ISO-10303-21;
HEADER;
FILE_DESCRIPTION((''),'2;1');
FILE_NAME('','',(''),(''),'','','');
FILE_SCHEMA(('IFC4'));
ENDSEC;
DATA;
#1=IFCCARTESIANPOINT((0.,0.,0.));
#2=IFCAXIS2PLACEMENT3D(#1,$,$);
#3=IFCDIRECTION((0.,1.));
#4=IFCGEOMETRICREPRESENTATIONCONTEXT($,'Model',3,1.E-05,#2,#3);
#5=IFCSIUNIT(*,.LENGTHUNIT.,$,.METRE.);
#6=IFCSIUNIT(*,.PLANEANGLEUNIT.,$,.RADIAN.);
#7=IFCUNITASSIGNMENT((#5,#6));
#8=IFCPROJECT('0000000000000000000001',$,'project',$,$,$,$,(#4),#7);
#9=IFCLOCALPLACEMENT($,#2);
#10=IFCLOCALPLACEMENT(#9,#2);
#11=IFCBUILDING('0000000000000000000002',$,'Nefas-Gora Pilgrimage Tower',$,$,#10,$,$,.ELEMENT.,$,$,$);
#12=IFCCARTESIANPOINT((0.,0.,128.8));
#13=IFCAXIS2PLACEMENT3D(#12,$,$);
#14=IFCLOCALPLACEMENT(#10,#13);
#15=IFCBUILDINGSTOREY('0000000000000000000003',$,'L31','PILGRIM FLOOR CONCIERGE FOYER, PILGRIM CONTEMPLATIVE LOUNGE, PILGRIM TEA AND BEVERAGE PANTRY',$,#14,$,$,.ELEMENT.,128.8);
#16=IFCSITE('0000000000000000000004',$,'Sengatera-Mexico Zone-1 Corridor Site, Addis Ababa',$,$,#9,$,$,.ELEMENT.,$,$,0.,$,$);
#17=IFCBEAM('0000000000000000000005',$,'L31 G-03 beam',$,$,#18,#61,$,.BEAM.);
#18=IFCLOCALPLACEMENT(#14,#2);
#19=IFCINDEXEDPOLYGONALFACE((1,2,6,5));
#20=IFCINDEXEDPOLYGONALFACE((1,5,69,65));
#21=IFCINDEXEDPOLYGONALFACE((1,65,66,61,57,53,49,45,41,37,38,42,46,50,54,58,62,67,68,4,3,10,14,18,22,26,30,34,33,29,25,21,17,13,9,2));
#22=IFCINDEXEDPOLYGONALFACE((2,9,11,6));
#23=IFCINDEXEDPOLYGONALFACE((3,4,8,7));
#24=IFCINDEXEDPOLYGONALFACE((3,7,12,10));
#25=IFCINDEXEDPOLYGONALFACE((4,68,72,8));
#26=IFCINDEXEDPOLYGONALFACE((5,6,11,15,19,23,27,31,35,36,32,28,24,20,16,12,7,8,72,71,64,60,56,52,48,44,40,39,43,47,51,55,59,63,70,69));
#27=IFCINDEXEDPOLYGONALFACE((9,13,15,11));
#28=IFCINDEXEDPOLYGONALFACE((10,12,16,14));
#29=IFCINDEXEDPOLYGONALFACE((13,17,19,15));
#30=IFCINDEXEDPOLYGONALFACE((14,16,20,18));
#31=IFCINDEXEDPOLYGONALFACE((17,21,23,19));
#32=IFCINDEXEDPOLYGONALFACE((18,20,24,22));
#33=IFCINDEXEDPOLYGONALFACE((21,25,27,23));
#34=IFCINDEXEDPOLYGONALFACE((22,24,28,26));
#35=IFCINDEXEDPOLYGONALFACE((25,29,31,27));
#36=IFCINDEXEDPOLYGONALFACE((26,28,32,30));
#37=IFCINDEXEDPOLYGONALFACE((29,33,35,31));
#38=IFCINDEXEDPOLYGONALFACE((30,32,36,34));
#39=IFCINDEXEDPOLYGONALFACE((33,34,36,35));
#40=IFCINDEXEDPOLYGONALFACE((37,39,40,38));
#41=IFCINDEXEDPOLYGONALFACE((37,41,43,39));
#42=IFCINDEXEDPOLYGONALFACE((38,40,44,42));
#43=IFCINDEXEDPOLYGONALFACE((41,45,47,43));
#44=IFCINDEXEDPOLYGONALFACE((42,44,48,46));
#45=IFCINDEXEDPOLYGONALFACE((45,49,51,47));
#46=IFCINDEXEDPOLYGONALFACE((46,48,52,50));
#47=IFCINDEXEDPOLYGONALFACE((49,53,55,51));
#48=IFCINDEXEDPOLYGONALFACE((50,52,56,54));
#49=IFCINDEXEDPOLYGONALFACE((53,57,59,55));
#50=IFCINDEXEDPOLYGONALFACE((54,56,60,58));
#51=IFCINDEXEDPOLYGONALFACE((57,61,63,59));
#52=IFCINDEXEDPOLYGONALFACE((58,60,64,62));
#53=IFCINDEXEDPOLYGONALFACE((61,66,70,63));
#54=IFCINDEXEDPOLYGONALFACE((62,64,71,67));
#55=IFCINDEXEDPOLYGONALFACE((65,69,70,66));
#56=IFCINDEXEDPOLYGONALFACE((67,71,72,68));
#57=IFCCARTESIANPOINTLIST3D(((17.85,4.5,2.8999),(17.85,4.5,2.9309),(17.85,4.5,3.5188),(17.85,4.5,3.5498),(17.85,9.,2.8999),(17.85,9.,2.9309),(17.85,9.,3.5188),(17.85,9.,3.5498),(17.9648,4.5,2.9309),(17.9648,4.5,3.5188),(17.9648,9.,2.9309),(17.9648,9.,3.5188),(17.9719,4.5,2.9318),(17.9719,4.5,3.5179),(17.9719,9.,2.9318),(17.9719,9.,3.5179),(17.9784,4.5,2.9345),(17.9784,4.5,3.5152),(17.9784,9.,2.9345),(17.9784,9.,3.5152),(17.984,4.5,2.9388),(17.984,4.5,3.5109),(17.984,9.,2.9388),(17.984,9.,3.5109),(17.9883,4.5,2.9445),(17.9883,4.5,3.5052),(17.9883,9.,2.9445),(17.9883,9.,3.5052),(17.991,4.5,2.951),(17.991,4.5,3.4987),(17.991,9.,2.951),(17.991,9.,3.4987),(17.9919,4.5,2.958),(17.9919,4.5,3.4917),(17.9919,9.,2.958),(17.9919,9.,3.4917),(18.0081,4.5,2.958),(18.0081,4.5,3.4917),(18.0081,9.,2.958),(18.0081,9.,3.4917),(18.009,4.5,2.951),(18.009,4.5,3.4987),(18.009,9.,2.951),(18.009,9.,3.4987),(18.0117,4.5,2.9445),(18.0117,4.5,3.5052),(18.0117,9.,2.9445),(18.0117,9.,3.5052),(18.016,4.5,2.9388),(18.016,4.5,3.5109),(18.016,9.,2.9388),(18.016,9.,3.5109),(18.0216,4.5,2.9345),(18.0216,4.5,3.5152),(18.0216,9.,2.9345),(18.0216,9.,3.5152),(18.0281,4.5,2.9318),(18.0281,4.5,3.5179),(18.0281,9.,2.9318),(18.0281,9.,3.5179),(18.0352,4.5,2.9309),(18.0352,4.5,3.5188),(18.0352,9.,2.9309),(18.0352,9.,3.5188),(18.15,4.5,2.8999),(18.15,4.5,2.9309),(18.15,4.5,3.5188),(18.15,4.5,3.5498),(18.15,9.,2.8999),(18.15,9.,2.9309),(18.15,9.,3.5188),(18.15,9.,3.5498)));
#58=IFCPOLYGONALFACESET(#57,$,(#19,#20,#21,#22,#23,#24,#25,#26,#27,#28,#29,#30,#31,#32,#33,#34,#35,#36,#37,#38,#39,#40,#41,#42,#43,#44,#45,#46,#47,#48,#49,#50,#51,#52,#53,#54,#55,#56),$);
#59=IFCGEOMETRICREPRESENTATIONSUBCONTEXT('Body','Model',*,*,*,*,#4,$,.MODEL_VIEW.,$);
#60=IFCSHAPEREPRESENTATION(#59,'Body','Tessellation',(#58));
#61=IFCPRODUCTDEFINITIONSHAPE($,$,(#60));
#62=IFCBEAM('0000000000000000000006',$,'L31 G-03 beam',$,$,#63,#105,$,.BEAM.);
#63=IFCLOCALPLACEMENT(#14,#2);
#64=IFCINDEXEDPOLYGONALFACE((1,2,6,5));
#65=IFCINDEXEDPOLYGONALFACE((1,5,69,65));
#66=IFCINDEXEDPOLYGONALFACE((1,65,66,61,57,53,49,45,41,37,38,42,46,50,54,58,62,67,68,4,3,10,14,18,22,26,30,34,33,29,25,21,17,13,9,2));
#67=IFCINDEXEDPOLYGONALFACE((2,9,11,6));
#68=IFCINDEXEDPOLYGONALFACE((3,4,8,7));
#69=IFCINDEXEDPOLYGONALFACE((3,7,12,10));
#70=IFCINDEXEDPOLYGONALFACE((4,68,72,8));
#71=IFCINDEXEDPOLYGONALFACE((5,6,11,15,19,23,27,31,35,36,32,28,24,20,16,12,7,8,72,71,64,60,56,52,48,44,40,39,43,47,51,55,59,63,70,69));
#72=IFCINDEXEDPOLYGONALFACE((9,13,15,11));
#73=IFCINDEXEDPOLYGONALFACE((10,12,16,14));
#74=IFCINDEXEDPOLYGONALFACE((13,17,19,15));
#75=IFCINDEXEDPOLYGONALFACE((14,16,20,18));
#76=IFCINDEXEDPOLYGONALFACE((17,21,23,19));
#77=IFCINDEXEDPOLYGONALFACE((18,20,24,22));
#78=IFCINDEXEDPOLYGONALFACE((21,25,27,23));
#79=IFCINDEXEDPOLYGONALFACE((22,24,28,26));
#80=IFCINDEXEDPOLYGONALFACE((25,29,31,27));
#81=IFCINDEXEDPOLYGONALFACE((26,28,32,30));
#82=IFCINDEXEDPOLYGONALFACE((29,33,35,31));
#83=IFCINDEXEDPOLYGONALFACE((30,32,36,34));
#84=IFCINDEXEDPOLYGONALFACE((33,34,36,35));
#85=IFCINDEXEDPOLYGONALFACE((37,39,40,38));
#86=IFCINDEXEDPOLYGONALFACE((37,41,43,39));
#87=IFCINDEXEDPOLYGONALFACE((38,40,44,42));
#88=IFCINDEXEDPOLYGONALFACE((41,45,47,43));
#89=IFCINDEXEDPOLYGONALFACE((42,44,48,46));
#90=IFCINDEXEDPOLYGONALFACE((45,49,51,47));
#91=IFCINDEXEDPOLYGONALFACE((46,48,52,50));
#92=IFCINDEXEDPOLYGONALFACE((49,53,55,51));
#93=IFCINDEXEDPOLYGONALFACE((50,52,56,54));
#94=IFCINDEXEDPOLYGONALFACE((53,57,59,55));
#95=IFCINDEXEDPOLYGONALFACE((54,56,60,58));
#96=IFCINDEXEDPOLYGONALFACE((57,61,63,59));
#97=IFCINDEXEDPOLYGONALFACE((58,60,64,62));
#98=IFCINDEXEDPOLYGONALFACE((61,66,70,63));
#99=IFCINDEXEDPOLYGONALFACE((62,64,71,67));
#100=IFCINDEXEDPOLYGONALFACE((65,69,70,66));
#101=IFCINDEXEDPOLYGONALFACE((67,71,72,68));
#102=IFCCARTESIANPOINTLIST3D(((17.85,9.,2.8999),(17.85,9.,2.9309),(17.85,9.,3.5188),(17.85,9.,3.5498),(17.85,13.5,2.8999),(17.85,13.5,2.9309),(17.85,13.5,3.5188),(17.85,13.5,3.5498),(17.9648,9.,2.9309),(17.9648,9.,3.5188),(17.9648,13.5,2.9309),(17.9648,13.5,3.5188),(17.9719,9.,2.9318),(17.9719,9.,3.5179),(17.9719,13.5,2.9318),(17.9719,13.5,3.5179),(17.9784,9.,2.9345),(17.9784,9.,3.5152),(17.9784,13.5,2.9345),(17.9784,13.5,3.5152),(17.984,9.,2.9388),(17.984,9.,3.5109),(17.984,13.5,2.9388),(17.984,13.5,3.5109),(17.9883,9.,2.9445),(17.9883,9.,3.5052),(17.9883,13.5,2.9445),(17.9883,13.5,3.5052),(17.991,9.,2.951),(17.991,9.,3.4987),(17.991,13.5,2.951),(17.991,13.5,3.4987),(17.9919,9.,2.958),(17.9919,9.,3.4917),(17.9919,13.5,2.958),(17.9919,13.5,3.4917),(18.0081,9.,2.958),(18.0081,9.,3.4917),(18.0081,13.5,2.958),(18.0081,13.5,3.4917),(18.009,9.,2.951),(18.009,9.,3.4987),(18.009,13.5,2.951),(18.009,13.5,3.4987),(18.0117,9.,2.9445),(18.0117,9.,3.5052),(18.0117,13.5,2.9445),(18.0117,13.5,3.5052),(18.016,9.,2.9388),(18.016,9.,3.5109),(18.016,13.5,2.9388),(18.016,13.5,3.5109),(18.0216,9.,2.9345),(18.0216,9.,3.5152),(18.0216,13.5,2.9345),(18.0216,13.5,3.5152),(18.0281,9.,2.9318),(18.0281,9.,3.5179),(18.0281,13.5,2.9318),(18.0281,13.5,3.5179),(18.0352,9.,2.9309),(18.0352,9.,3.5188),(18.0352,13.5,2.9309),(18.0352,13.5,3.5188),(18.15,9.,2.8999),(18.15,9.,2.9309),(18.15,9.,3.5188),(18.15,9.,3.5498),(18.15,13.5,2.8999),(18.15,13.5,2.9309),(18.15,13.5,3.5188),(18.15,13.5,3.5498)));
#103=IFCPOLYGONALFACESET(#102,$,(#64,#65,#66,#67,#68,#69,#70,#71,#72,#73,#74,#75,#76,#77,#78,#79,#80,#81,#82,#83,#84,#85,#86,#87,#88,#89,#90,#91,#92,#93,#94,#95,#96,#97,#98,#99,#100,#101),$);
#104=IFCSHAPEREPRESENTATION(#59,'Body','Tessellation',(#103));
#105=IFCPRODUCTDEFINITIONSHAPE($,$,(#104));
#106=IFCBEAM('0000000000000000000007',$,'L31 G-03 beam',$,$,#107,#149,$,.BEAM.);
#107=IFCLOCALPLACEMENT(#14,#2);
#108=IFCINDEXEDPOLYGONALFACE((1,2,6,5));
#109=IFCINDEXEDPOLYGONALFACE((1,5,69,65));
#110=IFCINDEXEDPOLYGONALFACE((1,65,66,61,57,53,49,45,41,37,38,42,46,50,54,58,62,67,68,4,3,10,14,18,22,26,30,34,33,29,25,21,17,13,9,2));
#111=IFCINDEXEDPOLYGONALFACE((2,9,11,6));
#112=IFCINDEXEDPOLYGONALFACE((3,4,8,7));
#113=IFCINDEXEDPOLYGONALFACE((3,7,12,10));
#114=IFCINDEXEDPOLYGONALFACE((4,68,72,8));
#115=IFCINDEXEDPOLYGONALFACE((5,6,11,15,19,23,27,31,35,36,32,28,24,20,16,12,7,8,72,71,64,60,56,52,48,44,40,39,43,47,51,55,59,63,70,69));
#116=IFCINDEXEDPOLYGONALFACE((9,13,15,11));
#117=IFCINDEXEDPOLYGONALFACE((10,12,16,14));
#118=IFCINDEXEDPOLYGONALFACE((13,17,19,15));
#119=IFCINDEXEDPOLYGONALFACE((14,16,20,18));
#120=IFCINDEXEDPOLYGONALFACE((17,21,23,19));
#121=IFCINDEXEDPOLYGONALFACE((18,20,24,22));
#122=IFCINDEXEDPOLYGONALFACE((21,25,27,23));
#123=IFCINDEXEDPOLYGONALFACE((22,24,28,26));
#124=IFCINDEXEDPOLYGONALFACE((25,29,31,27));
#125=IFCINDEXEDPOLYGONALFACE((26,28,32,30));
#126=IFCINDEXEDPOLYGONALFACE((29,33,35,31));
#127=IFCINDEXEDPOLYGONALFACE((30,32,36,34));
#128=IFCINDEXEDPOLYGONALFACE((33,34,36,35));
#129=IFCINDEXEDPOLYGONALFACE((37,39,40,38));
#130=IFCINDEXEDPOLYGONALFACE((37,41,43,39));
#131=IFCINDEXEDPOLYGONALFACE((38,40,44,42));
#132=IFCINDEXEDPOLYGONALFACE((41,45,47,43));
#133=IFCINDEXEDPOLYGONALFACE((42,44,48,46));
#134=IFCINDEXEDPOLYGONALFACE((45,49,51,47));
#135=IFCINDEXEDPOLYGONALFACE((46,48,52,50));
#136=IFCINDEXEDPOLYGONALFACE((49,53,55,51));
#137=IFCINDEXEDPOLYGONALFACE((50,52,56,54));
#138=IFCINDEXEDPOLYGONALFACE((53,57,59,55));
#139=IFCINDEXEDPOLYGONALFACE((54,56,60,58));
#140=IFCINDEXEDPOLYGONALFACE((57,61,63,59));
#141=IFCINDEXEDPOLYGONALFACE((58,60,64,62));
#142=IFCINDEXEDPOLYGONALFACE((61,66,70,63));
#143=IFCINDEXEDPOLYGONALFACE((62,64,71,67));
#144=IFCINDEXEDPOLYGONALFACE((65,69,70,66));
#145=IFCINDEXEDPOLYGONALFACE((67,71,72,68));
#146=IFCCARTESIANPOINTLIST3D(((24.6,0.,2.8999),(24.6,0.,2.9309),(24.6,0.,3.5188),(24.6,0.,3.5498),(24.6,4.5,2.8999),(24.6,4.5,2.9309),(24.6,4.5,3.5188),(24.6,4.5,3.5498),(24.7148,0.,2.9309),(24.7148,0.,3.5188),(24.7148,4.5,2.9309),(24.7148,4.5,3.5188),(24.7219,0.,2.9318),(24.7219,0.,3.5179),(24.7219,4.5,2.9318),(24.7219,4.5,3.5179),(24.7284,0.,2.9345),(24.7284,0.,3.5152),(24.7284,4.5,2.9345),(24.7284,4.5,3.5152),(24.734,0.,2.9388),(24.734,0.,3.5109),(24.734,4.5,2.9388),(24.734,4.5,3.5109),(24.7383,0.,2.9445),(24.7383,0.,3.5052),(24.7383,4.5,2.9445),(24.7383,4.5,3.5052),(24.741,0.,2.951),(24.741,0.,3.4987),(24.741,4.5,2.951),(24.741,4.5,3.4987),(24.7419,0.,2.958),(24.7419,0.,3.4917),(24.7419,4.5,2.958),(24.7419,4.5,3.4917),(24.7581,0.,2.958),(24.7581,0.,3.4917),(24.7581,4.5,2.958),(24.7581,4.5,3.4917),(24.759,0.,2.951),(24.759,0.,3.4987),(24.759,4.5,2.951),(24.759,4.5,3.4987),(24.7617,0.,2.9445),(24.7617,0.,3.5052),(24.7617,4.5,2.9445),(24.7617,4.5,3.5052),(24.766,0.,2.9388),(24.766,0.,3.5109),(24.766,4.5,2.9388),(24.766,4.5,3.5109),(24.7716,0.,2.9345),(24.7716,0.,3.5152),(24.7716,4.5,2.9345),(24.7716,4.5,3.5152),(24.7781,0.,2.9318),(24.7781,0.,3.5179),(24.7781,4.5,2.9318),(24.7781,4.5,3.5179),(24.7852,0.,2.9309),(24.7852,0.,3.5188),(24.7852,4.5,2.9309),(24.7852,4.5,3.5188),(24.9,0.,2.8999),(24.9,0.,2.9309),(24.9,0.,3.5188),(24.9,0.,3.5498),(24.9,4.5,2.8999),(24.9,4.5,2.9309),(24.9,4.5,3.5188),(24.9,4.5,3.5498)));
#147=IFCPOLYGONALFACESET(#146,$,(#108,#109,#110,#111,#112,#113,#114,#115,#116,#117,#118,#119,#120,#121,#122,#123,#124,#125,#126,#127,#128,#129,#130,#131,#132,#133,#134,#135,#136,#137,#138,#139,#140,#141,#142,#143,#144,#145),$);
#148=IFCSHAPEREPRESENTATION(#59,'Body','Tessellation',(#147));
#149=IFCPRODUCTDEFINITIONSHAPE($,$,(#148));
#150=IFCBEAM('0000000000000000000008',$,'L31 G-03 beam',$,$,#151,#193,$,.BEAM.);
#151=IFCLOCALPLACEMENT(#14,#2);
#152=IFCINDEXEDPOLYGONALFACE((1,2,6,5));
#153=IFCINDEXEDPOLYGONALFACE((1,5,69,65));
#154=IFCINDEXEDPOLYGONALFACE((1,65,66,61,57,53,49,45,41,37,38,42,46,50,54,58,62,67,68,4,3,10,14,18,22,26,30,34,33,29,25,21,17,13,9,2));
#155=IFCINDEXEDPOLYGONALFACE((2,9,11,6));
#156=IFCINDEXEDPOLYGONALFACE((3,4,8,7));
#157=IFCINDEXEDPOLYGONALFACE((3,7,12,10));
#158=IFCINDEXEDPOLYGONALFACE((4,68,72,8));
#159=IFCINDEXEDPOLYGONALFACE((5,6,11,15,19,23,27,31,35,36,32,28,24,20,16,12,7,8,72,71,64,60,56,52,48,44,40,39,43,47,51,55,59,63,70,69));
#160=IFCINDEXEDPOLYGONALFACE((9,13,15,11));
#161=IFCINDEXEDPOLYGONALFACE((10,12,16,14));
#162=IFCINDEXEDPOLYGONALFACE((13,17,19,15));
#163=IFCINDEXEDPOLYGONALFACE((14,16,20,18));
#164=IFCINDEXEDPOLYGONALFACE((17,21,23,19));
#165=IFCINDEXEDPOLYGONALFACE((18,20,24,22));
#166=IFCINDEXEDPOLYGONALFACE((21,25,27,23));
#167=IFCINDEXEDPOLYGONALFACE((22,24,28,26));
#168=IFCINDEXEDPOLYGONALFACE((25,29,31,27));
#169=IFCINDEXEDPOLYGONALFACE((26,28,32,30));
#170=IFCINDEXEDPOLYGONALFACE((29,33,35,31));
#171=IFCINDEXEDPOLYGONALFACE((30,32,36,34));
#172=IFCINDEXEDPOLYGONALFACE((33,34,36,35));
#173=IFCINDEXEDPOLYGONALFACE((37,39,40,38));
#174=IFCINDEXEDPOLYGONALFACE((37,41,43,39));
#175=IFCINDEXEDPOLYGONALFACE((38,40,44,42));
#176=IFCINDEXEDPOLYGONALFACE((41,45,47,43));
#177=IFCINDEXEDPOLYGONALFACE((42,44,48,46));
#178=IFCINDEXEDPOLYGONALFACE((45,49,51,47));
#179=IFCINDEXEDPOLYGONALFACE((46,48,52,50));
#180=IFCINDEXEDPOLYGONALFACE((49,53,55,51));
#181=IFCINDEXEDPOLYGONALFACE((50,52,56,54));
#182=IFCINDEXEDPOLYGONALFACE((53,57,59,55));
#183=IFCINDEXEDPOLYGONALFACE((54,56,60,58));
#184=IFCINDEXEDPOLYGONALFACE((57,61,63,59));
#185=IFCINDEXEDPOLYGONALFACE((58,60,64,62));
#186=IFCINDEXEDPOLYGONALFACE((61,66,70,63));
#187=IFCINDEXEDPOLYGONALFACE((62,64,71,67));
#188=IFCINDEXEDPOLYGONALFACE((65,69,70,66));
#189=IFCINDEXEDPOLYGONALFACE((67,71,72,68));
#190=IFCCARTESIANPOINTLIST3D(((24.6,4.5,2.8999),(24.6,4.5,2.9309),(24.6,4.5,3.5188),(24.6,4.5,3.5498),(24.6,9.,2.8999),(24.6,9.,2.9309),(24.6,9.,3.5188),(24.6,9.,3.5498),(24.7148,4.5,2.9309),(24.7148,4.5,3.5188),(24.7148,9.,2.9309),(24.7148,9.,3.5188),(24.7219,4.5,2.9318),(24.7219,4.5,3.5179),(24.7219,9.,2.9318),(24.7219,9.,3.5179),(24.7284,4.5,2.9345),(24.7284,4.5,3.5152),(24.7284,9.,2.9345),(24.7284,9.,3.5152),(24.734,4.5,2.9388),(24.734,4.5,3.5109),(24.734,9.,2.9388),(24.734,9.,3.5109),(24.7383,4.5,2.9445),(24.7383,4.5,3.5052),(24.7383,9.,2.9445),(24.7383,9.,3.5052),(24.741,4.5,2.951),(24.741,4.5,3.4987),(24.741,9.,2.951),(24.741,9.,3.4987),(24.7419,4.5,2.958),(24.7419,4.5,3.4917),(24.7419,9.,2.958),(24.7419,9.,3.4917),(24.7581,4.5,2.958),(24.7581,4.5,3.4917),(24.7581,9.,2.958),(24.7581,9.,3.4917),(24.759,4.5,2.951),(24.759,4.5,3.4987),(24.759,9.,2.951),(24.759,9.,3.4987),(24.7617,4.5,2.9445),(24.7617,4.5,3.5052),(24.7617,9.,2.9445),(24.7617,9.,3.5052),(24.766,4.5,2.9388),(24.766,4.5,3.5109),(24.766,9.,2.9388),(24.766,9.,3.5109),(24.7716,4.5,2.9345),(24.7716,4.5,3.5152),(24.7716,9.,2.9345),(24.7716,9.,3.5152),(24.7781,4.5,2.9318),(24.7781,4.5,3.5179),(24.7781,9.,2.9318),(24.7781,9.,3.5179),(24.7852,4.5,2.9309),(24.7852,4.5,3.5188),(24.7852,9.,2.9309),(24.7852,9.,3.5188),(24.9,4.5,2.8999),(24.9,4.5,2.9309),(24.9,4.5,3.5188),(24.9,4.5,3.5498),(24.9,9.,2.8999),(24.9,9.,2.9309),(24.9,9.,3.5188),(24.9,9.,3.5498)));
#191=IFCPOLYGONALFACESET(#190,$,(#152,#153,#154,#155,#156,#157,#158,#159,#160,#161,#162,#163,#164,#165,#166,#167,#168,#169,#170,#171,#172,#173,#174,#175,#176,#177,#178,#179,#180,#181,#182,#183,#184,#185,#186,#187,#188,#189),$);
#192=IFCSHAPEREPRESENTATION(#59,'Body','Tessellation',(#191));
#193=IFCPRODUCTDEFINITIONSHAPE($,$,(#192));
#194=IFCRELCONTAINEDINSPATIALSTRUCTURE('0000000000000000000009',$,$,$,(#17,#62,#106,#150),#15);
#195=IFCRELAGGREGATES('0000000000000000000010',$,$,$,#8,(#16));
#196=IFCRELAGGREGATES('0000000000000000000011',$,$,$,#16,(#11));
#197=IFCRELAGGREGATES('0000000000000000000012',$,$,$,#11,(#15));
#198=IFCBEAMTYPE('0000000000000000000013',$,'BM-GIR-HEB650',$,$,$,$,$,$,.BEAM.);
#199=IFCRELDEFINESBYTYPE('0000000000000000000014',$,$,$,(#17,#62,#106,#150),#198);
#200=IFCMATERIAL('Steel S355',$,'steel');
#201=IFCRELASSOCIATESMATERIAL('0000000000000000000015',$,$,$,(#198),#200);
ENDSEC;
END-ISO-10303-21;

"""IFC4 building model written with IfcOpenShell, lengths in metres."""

from ifc_helpers import new_model, si_unit, direction, frame, origin, origin_2d, place, context, subcontext, project, spatial, i_section, extrude, source, transform, mapped, material, material_profile, profile_set, type_object, element, save


model = new_model("IFC4")

# Units and contexts
model_context = context("Model", 3, precision=1e-05, world=origin(), true_north=direction((0.0, 1.0)))
body_context = subcontext(model_context, "Body", "Model", "MODEL_VIEW")
ifc_project = project(units=[si_unit("LENGTHUNIT", "METRE"), si_unit("PLANEANGLEUNIT", "RADIAN")], contexts=[model_context])

# Site, building, storey
site_placement = place(None, origin())
site = spatial("IfcSite", under=ifc_project, at=site_placement, Name="Sengatera-Mexico Zone-1 Corridor Site, Addis Ababa", CompositionType="ELEMENT", RefElevation=0.0)
building_placement = place(site_placement, origin())
building = spatial("IfcBuilding", under=site, at=building_placement, Name="Nefas-Gora Pilgrimage Tower", CompositionType="ELEMENT")
storey_placement = place(building_placement, frame((0.0, 0.0, 128.8)))
storey = spatial("IfcBuildingStorey", under=building, at=storey_placement, Name="L31", Description="PILGRIM FLOOR CONCIERGE FOYER, PILGRIM CONTEMPLATIVE LOUNGE, PILGRIM TEA AND BEVERAGE PANTRY", CompositionType="ELEMENT", Elevation=128.8)

# Beams
ifc_material_1 = material(Name="Steel S355", Category="steel")
ifc_material_profile_1 = material_profile(ifc_material_1, i_section(OverallWidth=0.3, OverallDepth=0.6499, WebThickness=0.0161, FlangeThickness=0.031, FilletRadius=0.0271, at=origin_2d()), Name="HEB 650")
ifc_profile_set_1 = profile_set([ifc_material_profile_1], Name="Steel S355")
beam_type_1 = type_object("IfcBeamType", Name="BM-GIR-HEB650", PredefinedType="BEAM", material=ifc_profile_set_1)
shared_shape_1 = source(origin(), body_context, "Body", "SweptSolid", [
    extrude(i_section(OverallWidth=0.3, OverallDepth=0.6499, WebThickness=0.0161, FlangeThickness=0.031, FilletRadius=0.0271, at=origin_2d()), origin(), (0.0, 0.0, 1.0), 4.5),
])
for number, where, z_axis, x_axis, name in (
    (1, (18.0, 4.5, 3.2249), (0.0, 1.0, 0.0), (-1.0, 0.0, 0.0), "L31 G-03 beam"),
    (2, (18.0, 9.0, 3.2249), (0.0, 1.0, 0.0), (-1.0, 0.0, 0.0), "L31 G-03 beam"),
    (3, (24.75, 0.0, 3.2249), (0.0, 1.0, 0.0), (-1.0, 0.0, 0.0), "L31 G-03 beam"),
    (4, (24.75, 4.5, 3.2249), (0.0, 1.0, 0.0), (-1.0, 0.0, 0.0), "L31 G-03 beam"),
):
    element("IfcBeam", number, at=place(storey_placement, frame(where, z_axis=z_axis, x_axis=x_axis)), inside=storey, type_object=beam_type_1, Name=name, PredefinedType="BEAM", context=body_context, shape_type="MappedRepresentation", body=[
        mapped(shared_shape_1, transform((0.0, 0.0, 0.0), x_axis=(1.0, 0.0, 0.0), y_axis=(0.0, 1.0, 0.0), z_axis=(0.0, 0.0, 1.0), scale=1.0)),
    ])

save(model, "model.ifc")
